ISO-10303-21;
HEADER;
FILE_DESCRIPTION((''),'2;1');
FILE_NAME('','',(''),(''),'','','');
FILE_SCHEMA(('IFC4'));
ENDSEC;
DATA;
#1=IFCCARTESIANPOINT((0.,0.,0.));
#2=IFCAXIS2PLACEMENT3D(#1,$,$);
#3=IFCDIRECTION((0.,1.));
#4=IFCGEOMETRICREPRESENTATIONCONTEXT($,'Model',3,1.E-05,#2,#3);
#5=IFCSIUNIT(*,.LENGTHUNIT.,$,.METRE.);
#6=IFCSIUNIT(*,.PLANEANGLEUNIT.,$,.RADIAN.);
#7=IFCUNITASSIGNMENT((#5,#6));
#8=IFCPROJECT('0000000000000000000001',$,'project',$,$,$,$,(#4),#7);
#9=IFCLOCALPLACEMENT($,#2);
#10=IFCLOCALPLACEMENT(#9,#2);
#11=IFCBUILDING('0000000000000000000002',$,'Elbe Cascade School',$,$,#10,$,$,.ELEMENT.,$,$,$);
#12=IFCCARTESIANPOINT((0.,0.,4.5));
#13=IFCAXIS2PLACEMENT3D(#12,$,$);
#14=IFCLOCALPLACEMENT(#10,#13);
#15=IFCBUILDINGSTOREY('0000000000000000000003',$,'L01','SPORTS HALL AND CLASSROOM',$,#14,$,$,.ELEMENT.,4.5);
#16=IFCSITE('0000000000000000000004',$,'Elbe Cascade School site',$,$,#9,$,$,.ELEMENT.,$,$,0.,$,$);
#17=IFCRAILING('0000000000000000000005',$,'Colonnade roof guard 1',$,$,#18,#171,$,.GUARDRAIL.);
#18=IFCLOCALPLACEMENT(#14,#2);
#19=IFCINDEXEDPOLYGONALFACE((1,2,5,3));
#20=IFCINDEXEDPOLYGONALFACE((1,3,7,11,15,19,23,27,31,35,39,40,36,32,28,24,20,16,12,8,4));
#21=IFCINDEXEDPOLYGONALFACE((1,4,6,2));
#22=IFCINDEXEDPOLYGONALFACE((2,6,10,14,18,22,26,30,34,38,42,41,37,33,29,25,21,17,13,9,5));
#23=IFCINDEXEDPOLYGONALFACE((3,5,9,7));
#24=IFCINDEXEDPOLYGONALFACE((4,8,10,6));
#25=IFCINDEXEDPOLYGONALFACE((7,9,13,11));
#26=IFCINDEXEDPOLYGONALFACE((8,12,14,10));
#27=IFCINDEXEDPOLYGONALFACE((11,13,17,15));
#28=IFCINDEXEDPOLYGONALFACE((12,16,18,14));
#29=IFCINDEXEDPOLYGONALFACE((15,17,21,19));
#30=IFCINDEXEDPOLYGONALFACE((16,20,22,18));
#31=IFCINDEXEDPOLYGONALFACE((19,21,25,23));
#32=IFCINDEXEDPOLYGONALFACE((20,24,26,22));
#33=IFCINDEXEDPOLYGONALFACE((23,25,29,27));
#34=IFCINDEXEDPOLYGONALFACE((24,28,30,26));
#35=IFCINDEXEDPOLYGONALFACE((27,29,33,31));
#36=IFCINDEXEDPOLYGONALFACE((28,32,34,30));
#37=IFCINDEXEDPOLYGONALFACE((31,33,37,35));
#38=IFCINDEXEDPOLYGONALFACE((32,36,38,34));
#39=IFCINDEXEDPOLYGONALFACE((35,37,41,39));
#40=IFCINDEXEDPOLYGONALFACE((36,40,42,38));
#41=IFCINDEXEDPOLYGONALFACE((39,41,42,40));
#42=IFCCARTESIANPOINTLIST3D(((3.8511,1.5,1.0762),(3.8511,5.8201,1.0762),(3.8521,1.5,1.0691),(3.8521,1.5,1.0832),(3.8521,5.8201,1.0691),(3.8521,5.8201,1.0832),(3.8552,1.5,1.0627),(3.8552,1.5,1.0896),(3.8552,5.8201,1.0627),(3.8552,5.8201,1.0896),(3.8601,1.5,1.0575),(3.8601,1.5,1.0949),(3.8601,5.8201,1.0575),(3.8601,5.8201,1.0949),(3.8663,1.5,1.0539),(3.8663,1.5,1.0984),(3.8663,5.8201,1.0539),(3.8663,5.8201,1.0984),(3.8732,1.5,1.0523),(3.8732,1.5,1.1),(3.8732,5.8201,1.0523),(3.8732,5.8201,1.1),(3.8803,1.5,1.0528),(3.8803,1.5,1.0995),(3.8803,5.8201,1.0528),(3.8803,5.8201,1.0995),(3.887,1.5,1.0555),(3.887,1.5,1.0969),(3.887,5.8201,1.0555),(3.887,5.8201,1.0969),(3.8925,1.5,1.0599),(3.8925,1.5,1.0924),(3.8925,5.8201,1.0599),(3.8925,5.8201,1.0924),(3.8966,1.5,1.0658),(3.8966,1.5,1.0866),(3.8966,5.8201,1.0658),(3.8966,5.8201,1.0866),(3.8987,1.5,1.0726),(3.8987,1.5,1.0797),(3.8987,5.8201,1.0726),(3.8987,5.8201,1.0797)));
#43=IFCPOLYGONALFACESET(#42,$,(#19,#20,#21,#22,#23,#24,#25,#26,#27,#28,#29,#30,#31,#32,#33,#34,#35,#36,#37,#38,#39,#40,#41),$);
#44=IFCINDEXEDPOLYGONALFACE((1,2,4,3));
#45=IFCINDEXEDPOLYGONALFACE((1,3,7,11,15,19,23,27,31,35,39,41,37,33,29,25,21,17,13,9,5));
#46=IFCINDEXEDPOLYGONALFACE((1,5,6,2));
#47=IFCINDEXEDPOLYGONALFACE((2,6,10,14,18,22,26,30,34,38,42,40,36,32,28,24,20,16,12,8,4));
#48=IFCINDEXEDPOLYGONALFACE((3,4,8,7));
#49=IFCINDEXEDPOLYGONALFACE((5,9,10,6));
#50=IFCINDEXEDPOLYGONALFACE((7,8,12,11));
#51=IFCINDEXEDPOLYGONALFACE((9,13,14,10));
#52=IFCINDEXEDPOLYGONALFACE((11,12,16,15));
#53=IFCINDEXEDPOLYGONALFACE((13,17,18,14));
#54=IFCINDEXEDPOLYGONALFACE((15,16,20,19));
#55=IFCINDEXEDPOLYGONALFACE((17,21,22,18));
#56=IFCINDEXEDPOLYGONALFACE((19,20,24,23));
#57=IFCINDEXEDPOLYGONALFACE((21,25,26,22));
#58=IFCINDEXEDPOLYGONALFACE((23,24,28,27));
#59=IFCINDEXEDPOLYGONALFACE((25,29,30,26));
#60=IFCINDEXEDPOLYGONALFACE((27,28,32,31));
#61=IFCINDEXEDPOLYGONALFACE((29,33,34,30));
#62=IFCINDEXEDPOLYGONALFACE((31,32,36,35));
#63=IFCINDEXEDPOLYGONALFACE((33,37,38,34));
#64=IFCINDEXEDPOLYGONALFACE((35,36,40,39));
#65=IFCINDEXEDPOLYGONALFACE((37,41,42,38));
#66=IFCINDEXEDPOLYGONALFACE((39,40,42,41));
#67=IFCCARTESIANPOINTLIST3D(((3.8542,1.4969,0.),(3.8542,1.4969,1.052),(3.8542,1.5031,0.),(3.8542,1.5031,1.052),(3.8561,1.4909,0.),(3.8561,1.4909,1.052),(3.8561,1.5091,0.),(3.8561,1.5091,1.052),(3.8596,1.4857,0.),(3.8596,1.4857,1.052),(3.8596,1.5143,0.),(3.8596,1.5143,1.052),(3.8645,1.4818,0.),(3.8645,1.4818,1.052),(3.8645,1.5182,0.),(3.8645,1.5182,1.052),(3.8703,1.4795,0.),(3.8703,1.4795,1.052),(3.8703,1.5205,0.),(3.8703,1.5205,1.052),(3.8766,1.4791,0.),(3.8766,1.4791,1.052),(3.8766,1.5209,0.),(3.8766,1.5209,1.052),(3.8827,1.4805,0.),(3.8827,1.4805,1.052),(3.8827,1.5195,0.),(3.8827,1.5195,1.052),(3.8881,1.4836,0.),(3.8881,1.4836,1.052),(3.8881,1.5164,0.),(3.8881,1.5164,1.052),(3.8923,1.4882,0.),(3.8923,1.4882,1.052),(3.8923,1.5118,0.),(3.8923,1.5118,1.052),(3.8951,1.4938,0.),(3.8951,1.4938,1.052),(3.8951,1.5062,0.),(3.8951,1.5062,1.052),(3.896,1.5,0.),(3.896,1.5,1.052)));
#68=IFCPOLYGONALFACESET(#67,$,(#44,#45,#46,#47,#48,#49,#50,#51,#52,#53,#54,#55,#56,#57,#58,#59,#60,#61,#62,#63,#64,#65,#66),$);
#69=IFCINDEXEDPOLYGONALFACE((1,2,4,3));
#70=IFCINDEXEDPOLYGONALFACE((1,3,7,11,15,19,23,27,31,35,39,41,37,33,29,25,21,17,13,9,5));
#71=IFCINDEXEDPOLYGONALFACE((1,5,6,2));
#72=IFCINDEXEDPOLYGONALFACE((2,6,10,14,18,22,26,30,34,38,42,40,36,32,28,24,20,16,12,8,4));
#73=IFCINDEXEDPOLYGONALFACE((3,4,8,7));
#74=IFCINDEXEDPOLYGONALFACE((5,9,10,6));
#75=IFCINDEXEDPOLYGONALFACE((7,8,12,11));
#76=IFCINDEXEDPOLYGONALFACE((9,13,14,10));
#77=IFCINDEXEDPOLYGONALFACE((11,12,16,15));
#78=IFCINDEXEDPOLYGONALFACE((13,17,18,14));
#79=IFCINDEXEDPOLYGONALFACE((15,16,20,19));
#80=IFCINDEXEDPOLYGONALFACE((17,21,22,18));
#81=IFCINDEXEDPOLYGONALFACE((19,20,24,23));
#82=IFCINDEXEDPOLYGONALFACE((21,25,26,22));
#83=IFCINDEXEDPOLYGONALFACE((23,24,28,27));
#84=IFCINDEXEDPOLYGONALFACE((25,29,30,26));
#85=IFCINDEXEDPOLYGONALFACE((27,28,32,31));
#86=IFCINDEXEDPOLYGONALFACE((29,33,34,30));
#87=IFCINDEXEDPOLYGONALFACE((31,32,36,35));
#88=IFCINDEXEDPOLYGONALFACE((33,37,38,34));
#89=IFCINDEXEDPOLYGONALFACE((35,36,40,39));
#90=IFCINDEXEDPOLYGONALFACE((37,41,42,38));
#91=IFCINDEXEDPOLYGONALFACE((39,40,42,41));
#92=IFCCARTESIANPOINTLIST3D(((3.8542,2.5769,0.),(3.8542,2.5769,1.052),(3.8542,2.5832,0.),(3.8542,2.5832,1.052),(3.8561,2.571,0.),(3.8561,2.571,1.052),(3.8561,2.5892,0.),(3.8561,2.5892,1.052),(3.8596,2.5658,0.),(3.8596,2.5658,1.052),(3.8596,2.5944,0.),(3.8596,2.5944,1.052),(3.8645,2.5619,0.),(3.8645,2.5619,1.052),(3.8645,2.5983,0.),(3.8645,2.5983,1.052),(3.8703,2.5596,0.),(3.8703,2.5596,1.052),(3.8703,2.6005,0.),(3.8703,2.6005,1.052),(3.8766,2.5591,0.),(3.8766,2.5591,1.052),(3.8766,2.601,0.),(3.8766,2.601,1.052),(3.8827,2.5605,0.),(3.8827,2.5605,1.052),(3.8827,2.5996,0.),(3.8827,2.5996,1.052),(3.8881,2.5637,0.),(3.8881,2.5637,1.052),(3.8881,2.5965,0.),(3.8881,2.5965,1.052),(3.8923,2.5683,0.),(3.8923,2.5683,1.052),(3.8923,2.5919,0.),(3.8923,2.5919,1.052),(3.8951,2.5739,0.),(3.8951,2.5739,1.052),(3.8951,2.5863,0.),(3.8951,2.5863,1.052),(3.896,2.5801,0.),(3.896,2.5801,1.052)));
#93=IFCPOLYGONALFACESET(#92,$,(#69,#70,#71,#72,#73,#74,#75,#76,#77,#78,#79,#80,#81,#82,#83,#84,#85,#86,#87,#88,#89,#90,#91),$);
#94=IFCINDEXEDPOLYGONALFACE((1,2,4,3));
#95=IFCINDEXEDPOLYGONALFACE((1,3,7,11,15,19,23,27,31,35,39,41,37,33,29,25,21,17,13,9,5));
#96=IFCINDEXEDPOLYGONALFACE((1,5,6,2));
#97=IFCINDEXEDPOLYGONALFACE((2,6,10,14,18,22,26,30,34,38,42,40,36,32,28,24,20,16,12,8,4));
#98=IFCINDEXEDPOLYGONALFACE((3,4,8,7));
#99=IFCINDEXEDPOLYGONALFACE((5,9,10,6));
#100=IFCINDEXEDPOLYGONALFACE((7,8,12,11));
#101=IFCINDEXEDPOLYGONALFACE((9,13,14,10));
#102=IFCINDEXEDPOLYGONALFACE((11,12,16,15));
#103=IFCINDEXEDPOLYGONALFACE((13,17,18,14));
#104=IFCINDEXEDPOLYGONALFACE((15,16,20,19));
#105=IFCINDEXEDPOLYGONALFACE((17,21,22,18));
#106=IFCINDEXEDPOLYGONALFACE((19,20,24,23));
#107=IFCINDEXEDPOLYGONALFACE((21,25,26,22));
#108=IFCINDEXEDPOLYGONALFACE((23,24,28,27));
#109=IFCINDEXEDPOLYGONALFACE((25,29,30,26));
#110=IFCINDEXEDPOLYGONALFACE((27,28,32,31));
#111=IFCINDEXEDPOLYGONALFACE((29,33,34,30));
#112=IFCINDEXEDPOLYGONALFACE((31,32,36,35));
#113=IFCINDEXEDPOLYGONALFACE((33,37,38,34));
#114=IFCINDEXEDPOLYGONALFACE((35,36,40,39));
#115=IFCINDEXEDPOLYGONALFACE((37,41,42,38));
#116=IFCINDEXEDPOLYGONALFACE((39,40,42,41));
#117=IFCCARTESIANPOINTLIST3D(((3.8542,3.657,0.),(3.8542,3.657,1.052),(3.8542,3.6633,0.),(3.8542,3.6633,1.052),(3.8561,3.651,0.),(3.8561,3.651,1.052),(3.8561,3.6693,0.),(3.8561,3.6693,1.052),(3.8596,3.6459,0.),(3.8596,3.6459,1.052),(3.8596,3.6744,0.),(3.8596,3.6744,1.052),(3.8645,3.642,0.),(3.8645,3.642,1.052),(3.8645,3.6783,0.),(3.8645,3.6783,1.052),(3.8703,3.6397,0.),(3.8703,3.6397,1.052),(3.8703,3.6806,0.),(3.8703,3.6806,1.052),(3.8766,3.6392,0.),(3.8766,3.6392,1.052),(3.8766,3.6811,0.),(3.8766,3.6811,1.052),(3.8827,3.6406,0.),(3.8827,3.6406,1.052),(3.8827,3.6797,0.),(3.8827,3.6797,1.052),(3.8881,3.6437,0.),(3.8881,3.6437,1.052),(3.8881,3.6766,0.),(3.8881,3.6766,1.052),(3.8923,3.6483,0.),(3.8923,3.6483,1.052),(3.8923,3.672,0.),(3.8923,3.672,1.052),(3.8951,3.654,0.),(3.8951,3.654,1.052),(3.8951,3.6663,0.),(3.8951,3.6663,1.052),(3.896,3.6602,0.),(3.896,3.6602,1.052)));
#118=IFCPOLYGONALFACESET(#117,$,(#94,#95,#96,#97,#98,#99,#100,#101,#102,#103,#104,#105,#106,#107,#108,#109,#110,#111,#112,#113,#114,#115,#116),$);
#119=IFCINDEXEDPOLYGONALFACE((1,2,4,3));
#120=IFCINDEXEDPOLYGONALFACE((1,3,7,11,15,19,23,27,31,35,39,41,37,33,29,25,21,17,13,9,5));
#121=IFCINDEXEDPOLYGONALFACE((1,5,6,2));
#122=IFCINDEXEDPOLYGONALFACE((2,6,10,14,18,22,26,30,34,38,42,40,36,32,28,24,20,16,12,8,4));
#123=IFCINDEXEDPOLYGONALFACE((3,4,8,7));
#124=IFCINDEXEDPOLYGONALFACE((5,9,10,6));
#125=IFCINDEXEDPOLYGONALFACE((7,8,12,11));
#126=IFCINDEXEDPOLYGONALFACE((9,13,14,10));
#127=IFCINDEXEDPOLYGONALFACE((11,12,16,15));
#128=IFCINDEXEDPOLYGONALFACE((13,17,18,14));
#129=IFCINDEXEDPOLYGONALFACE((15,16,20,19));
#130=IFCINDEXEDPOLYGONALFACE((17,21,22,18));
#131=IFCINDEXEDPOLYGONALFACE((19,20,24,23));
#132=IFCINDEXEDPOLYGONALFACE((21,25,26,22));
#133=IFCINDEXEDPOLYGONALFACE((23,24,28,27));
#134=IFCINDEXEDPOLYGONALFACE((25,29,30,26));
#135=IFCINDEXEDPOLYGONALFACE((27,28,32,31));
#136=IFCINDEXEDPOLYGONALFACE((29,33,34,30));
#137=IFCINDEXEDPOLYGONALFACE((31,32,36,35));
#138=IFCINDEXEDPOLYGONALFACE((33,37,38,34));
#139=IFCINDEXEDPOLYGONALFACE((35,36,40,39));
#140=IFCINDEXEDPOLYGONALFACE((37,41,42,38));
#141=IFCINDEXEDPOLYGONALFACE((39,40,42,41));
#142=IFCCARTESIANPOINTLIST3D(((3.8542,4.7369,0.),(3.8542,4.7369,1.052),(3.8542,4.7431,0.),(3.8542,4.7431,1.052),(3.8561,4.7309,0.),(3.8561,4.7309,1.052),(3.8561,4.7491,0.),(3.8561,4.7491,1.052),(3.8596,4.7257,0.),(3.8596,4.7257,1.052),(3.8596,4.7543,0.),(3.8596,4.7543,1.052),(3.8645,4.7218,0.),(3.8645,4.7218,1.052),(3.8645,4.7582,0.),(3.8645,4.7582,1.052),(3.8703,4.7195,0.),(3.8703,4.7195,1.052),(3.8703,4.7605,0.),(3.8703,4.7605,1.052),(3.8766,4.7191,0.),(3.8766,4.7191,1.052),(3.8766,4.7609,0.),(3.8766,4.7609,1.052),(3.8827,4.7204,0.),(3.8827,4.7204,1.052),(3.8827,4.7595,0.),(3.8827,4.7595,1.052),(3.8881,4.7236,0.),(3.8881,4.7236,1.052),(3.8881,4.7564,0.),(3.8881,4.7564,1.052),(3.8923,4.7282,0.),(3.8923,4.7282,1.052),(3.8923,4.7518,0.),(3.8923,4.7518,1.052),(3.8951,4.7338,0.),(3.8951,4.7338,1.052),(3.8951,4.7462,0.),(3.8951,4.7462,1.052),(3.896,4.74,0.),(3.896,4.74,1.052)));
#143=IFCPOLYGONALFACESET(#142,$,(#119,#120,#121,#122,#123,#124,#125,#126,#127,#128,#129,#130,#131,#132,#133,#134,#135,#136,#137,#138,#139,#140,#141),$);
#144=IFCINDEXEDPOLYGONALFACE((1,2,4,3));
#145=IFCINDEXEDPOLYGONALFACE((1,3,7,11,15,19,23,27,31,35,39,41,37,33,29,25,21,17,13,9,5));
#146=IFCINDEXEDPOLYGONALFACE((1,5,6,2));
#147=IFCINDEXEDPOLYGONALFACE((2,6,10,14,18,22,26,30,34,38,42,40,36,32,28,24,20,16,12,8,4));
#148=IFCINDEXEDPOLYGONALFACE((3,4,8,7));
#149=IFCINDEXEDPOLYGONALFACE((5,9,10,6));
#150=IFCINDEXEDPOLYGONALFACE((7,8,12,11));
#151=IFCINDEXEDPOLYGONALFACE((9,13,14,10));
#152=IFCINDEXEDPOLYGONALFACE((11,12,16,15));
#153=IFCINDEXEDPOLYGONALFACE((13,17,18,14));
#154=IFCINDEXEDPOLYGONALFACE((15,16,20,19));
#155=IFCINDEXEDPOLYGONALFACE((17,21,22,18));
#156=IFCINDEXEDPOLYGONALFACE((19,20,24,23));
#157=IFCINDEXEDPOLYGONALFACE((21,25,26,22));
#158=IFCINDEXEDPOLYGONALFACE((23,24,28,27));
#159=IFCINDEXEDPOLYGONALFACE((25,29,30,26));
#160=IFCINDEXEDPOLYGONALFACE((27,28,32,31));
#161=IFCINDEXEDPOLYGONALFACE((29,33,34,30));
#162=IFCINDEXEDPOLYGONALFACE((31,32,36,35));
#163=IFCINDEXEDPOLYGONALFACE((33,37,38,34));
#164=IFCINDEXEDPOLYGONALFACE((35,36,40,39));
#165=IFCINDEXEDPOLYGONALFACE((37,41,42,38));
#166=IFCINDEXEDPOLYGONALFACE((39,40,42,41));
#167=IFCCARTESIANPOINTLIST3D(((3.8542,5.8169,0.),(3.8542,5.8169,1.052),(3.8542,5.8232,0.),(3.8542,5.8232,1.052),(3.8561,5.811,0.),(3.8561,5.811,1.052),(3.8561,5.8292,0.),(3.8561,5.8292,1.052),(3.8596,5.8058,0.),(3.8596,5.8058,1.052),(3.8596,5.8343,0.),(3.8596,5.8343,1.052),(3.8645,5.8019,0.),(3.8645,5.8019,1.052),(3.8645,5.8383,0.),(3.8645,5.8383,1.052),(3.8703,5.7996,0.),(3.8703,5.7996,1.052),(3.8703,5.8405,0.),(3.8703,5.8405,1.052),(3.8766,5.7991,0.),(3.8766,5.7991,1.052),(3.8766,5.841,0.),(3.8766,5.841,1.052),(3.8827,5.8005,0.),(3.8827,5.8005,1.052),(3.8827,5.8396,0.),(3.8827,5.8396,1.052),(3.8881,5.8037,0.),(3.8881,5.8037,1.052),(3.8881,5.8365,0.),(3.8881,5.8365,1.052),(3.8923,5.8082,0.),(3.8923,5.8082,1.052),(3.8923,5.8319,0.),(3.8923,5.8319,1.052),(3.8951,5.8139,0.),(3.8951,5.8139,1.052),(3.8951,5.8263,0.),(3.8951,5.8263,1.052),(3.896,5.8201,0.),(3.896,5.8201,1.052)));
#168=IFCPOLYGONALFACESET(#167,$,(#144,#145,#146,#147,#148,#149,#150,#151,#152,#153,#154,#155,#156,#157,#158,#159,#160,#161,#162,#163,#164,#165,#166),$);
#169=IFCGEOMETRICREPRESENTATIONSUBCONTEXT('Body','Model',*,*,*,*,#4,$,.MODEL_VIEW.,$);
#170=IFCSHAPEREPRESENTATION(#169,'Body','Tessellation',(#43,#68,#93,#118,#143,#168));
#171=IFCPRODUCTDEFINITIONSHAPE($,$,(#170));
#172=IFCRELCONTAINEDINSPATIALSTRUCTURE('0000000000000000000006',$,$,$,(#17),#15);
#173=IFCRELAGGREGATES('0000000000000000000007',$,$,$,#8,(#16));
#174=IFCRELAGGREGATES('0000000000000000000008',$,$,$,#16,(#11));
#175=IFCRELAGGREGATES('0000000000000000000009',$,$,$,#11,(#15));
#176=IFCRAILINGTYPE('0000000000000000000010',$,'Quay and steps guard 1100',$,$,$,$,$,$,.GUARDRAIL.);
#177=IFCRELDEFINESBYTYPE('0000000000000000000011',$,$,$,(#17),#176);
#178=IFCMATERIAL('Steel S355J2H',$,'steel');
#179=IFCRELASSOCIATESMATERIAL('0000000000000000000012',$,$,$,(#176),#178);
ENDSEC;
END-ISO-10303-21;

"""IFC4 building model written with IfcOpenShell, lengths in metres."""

from ifc_helpers import new_model, si_unit, direction, frame, origin, origin_2d, place, context, subcontext, project, spatial, circle, extrude, material, type_object, element, save


model = new_model("IFC4")

# Units and contexts
model_context = context("Model", 3, precision=1e-05, world=origin(), true_north=direction((0.0, 1.0)))
body_context = subcontext(model_context, "Body", "Model", "MODEL_VIEW")
ifc_project = project(units=[si_unit("LENGTHUNIT", "METRE"), si_unit("PLANEANGLEUNIT", "RADIAN")], contexts=[model_context])

# Site, building, storey
site_placement = place(None, origin())
site = spatial("IfcSite", under=ifc_project, at=site_placement, Name="Elbe Cascade School site", CompositionType="ELEMENT", RefElevation=0.0)
building_placement = place(site_placement, origin())
building = spatial("IfcBuilding", under=site, at=building_placement, Name="Elbe Cascade School", CompositionType="ELEMENT")
storey_placement = place(building_placement, frame((0.0, 0.0, 4.5)))
storey = spatial("IfcBuildingStorey", under=building, at=storey_placement, Name="L01", Description="SPORTS HALL AND CLASSROOM", CompositionType="ELEMENT", Elevation=4.5)

# Railing
ifc_material_1 = material(Name="Steel S355J2H", Category="steel")
railing_type = type_object("IfcRailingType", Name="Quay and steps guard 1100", PredefinedType="GUARDRAIL", material=ifc_material_1)
railing_1_placement = place(storey_placement, frame((3.875, 1.5, 0.0)))
element("IfcRailing", 1, at=railing_1_placement, inside=storey, type_object=railing_type, Name="Colonnade roof guard 1", PredefinedType="GUARDRAIL", context=body_context, shape_type="SweptSolid", body=[
    extrude(circle(Radius=0.0239, at=origin_2d()), frame((0.0, 0.0, 1.0762), z_axis=(0.0, 1.0, 0.0), x_axis=(-1.0, 0.0, 0.0)), (0.0, 0.0, 1.0), 4.3201),
    extrude(circle(Radius=0.021, at=origin_2d()), origin(), (0.0, 0.0, 1.0), 1.052),
    extrude(circle(Radius=0.021, at=origin_2d()), frame((0.0, 1.0801, 0.0)), (0.0, 0.0, 1.0), 1.052),
    extrude(circle(Radius=0.021, at=origin_2d()), frame((0.0, 2.1602, 0.0)), (0.0, 0.0, 1.0), 1.052),
    extrude(circle(Radius=0.021, at=origin_2d()), frame((0.0, 3.24, 0.0)), (0.0, 0.0, 1.0), 1.052),
    extrude(circle(Radius=0.021, at=origin_2d()), frame((0.0, 4.3201, 0.0)), (0.0, 0.0, 1.0), 1.052),
])

save(model, "model.ifc")
